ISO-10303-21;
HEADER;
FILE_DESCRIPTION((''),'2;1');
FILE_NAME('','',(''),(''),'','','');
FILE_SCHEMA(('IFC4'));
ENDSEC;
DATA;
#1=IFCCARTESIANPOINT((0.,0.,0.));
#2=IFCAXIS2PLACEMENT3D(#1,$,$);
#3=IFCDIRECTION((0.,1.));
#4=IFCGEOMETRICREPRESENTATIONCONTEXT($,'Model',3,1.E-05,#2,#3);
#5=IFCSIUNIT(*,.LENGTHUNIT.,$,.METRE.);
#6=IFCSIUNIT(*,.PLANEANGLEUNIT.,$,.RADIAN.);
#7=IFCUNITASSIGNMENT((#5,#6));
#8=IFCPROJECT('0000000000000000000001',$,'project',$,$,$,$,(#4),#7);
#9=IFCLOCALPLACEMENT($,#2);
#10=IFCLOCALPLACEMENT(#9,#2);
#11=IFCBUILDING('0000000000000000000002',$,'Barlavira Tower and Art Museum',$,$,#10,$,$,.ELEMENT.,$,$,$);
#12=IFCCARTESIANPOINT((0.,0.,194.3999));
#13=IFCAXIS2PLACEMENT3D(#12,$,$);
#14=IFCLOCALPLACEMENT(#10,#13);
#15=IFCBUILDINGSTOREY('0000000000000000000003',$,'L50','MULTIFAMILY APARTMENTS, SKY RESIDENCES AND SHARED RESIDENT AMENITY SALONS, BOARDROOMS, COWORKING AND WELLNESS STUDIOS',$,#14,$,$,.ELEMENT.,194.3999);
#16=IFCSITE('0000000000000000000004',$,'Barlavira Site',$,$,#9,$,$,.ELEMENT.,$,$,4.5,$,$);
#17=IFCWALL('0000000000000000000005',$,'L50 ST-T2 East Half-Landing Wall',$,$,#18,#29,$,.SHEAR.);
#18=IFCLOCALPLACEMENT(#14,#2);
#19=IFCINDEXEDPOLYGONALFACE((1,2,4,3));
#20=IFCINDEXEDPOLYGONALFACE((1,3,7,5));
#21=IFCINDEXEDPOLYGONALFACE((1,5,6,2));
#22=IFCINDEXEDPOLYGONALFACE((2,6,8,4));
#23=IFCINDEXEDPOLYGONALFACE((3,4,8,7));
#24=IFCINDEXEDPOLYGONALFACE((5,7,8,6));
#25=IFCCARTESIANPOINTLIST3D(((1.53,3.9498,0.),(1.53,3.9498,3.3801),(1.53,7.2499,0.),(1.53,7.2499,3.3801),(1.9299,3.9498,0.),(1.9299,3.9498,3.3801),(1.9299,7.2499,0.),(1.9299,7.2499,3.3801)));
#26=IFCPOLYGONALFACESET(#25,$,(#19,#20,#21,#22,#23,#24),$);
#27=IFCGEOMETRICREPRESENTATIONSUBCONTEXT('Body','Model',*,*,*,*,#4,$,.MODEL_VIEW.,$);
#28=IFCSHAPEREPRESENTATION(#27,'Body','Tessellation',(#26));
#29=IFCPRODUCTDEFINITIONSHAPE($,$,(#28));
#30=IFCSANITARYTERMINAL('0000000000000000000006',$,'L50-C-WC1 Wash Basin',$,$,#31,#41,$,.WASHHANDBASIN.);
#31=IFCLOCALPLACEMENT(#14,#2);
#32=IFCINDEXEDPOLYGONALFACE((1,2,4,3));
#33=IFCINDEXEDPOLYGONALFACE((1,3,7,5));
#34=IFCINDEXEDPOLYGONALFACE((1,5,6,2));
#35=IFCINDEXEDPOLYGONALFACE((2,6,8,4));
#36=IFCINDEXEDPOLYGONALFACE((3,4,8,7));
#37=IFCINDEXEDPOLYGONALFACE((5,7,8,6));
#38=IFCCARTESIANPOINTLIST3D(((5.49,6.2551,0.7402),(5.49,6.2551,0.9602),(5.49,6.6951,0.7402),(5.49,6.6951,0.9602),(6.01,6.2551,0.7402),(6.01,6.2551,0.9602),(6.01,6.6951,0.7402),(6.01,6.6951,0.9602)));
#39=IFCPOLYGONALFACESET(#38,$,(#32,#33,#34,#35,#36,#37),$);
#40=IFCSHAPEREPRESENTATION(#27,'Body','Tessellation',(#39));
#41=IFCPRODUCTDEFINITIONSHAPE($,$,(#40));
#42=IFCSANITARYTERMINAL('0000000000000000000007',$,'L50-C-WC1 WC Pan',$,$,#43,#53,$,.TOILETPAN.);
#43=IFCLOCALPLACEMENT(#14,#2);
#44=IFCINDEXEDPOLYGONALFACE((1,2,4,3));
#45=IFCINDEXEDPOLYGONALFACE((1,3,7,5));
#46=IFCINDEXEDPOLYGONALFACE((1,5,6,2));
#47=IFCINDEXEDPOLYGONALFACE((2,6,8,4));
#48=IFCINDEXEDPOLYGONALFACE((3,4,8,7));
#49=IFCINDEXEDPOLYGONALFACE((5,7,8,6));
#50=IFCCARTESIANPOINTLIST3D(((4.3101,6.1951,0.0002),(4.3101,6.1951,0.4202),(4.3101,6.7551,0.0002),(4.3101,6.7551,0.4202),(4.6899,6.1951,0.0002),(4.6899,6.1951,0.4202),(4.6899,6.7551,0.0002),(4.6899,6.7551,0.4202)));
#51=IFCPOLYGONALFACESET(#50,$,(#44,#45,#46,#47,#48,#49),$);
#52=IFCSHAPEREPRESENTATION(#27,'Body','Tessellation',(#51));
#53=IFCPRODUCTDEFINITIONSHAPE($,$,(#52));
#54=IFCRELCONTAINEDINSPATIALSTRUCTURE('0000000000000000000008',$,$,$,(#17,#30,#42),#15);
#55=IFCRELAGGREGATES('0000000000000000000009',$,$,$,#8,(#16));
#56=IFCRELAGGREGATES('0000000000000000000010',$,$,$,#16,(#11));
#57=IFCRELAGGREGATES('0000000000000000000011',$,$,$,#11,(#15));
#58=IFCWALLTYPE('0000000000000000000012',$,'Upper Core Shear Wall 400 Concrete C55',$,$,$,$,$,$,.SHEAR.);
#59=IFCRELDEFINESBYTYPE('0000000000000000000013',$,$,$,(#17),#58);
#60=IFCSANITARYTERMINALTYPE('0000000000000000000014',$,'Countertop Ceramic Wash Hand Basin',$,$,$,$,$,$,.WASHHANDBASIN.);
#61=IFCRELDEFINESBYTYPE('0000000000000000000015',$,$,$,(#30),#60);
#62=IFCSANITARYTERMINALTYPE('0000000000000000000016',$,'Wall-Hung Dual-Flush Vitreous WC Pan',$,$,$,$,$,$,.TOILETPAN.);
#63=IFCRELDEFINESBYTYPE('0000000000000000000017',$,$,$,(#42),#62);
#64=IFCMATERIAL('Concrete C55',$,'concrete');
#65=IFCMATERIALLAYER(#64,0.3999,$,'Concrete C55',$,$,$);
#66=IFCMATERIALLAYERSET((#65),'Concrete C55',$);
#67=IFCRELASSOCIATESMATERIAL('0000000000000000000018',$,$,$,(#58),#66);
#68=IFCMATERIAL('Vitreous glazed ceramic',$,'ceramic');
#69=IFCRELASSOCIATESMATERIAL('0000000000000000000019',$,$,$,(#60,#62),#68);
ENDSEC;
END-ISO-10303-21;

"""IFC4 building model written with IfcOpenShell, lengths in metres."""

from ifc_helpers import new_model, si_unit, direction, frame, frame_2d, origin, origin_2d, place, context, subcontext, project, spatial, rectangle, extrude, material, layer, layer_set, type_object, element, save


model = new_model("IFC4")

# Units and contexts
model_context = context("Model", 3, precision=1e-05, world=origin(), true_north=direction((0.0, 1.0)))
body_context = subcontext(model_context, "Body", "Model", "MODEL_VIEW")
ifc_project = project(units=[si_unit("LENGTHUNIT", "METRE"), si_unit("PLANEANGLEUNIT", "RADIAN")], contexts=[model_context])

# Site, building, storey
site_placement = place(None, origin())
site = spatial("IfcSite", under=ifc_project, at=site_placement, Name="Barlavira Site", CompositionType="ELEMENT", RefElevation=4.5)
building_placement = place(site_placement, origin())
building = spatial("IfcBuilding", under=site, at=building_placement, Name="Barlavira Tower and Art Museum", CompositionType="ELEMENT")
storey_placement = place(building_placement, frame((0.0, 0.0, 194.3999)))
storey = spatial("IfcBuildingStorey", under=building, at=storey_placement, Name="L50", Description="MULTIFAMILY APARTMENTS, SKY RESIDENCES AND SHARED RESIDENT AMENITY SALONS, BOARDROOMS, COWORKING AND WELLNESS STUDIOS", CompositionType="ELEMENT", Elevation=194.3999)

# Wall
ifc_material_1 = material(Name="Concrete C55", Category="concrete")
ifc_layer_1 = layer(ifc_material_1, 0.3999, Name="Concrete C55")
ifc_layer_set_1 = layer_set([ifc_layer_1], Name="Concrete C55")
wall_type_1 = type_object("IfcWallType", Name="Upper Core Shear Wall 400 Concrete C55", PredefinedType="SHEAR", material=ifc_layer_set_1)
wall_1_placement = place(storey_placement, frame((1.73, 3.95, 0.0), z_axis=(0.0, 0.0, 1.0), x_axis=(0.0, 1.0, 0.0)))
element("IfcWall", 1, at=wall_1_placement, inside=storey, type_object=wall_type_1, Name="L50 ST-T2 East Half-Landing Wall", PredefinedType="SHEAR", context=body_context, shape_type="SweptSolid", body=[
    extrude(rectangle(XDim=3.3, YDim=0.3999, at=frame_2d((1.6499, 0.0))), origin(), (0.0, 0.0, 1.0), 3.3801),
])

# Sanitary terminals
ifc_material_2 = material(Name="Vitreous glazed ceramic", Category="ceramic")
sanitary_terminal_type_1 = type_object("IfcSanitaryTerminalType", Name="Countertop Ceramic Wash Hand Basin", PredefinedType="WASHHANDBASIN", material=ifc_material_2)
sanitary_terminal_1_placement = place(storey_placement, frame((5.75, 6.4751, 0.7402), z_axis=(0.0, 0.0, 1.0), x_axis=(1.0, 0.0, 0.0)))
element("IfcSanitaryTerminal", 2, at=sanitary_terminal_1_placement, inside=storey, type_object=sanitary_terminal_type_1, Name="L50-C-WC1 Wash Basin", PredefinedType="WASHHANDBASIN", context=body_context, shape_type="SweptSolid", body=[
    extrude(rectangle(XDim=0.52, YDim=0.4399, at=origin_2d()), origin(), (0.0, 0.0, 1.0), 0.22),
])
sanitary_terminal_type_2 = type_object("IfcSanitaryTerminalType", Name="Wall-Hung Dual-Flush Vitreous WC Pan", PredefinedType="TOILETPAN", material=ifc_material_2)
sanitary_terminal_2_placement = place(storey_placement, frame((4.5, 6.4751, 0.0002), z_axis=(0.0, 0.0, 1.0), x_axis=(1.0, 0.0, 0.0)))
element("IfcSanitaryTerminal", 3, at=sanitary_terminal_2_placement, inside=storey, type_object=sanitary_terminal_type_2, Name="L50-C-WC1 WC Pan", PredefinedType="TOILETPAN", context=body_context, shape_type="SweptSolid", body=[
    extrude(rectangle(XDim=0.3799, YDim=0.5601, at=origin_2d()), origin(), (0.0, 0.0, 1.0), 0.4199),
])

save(model, "model.ifc")
